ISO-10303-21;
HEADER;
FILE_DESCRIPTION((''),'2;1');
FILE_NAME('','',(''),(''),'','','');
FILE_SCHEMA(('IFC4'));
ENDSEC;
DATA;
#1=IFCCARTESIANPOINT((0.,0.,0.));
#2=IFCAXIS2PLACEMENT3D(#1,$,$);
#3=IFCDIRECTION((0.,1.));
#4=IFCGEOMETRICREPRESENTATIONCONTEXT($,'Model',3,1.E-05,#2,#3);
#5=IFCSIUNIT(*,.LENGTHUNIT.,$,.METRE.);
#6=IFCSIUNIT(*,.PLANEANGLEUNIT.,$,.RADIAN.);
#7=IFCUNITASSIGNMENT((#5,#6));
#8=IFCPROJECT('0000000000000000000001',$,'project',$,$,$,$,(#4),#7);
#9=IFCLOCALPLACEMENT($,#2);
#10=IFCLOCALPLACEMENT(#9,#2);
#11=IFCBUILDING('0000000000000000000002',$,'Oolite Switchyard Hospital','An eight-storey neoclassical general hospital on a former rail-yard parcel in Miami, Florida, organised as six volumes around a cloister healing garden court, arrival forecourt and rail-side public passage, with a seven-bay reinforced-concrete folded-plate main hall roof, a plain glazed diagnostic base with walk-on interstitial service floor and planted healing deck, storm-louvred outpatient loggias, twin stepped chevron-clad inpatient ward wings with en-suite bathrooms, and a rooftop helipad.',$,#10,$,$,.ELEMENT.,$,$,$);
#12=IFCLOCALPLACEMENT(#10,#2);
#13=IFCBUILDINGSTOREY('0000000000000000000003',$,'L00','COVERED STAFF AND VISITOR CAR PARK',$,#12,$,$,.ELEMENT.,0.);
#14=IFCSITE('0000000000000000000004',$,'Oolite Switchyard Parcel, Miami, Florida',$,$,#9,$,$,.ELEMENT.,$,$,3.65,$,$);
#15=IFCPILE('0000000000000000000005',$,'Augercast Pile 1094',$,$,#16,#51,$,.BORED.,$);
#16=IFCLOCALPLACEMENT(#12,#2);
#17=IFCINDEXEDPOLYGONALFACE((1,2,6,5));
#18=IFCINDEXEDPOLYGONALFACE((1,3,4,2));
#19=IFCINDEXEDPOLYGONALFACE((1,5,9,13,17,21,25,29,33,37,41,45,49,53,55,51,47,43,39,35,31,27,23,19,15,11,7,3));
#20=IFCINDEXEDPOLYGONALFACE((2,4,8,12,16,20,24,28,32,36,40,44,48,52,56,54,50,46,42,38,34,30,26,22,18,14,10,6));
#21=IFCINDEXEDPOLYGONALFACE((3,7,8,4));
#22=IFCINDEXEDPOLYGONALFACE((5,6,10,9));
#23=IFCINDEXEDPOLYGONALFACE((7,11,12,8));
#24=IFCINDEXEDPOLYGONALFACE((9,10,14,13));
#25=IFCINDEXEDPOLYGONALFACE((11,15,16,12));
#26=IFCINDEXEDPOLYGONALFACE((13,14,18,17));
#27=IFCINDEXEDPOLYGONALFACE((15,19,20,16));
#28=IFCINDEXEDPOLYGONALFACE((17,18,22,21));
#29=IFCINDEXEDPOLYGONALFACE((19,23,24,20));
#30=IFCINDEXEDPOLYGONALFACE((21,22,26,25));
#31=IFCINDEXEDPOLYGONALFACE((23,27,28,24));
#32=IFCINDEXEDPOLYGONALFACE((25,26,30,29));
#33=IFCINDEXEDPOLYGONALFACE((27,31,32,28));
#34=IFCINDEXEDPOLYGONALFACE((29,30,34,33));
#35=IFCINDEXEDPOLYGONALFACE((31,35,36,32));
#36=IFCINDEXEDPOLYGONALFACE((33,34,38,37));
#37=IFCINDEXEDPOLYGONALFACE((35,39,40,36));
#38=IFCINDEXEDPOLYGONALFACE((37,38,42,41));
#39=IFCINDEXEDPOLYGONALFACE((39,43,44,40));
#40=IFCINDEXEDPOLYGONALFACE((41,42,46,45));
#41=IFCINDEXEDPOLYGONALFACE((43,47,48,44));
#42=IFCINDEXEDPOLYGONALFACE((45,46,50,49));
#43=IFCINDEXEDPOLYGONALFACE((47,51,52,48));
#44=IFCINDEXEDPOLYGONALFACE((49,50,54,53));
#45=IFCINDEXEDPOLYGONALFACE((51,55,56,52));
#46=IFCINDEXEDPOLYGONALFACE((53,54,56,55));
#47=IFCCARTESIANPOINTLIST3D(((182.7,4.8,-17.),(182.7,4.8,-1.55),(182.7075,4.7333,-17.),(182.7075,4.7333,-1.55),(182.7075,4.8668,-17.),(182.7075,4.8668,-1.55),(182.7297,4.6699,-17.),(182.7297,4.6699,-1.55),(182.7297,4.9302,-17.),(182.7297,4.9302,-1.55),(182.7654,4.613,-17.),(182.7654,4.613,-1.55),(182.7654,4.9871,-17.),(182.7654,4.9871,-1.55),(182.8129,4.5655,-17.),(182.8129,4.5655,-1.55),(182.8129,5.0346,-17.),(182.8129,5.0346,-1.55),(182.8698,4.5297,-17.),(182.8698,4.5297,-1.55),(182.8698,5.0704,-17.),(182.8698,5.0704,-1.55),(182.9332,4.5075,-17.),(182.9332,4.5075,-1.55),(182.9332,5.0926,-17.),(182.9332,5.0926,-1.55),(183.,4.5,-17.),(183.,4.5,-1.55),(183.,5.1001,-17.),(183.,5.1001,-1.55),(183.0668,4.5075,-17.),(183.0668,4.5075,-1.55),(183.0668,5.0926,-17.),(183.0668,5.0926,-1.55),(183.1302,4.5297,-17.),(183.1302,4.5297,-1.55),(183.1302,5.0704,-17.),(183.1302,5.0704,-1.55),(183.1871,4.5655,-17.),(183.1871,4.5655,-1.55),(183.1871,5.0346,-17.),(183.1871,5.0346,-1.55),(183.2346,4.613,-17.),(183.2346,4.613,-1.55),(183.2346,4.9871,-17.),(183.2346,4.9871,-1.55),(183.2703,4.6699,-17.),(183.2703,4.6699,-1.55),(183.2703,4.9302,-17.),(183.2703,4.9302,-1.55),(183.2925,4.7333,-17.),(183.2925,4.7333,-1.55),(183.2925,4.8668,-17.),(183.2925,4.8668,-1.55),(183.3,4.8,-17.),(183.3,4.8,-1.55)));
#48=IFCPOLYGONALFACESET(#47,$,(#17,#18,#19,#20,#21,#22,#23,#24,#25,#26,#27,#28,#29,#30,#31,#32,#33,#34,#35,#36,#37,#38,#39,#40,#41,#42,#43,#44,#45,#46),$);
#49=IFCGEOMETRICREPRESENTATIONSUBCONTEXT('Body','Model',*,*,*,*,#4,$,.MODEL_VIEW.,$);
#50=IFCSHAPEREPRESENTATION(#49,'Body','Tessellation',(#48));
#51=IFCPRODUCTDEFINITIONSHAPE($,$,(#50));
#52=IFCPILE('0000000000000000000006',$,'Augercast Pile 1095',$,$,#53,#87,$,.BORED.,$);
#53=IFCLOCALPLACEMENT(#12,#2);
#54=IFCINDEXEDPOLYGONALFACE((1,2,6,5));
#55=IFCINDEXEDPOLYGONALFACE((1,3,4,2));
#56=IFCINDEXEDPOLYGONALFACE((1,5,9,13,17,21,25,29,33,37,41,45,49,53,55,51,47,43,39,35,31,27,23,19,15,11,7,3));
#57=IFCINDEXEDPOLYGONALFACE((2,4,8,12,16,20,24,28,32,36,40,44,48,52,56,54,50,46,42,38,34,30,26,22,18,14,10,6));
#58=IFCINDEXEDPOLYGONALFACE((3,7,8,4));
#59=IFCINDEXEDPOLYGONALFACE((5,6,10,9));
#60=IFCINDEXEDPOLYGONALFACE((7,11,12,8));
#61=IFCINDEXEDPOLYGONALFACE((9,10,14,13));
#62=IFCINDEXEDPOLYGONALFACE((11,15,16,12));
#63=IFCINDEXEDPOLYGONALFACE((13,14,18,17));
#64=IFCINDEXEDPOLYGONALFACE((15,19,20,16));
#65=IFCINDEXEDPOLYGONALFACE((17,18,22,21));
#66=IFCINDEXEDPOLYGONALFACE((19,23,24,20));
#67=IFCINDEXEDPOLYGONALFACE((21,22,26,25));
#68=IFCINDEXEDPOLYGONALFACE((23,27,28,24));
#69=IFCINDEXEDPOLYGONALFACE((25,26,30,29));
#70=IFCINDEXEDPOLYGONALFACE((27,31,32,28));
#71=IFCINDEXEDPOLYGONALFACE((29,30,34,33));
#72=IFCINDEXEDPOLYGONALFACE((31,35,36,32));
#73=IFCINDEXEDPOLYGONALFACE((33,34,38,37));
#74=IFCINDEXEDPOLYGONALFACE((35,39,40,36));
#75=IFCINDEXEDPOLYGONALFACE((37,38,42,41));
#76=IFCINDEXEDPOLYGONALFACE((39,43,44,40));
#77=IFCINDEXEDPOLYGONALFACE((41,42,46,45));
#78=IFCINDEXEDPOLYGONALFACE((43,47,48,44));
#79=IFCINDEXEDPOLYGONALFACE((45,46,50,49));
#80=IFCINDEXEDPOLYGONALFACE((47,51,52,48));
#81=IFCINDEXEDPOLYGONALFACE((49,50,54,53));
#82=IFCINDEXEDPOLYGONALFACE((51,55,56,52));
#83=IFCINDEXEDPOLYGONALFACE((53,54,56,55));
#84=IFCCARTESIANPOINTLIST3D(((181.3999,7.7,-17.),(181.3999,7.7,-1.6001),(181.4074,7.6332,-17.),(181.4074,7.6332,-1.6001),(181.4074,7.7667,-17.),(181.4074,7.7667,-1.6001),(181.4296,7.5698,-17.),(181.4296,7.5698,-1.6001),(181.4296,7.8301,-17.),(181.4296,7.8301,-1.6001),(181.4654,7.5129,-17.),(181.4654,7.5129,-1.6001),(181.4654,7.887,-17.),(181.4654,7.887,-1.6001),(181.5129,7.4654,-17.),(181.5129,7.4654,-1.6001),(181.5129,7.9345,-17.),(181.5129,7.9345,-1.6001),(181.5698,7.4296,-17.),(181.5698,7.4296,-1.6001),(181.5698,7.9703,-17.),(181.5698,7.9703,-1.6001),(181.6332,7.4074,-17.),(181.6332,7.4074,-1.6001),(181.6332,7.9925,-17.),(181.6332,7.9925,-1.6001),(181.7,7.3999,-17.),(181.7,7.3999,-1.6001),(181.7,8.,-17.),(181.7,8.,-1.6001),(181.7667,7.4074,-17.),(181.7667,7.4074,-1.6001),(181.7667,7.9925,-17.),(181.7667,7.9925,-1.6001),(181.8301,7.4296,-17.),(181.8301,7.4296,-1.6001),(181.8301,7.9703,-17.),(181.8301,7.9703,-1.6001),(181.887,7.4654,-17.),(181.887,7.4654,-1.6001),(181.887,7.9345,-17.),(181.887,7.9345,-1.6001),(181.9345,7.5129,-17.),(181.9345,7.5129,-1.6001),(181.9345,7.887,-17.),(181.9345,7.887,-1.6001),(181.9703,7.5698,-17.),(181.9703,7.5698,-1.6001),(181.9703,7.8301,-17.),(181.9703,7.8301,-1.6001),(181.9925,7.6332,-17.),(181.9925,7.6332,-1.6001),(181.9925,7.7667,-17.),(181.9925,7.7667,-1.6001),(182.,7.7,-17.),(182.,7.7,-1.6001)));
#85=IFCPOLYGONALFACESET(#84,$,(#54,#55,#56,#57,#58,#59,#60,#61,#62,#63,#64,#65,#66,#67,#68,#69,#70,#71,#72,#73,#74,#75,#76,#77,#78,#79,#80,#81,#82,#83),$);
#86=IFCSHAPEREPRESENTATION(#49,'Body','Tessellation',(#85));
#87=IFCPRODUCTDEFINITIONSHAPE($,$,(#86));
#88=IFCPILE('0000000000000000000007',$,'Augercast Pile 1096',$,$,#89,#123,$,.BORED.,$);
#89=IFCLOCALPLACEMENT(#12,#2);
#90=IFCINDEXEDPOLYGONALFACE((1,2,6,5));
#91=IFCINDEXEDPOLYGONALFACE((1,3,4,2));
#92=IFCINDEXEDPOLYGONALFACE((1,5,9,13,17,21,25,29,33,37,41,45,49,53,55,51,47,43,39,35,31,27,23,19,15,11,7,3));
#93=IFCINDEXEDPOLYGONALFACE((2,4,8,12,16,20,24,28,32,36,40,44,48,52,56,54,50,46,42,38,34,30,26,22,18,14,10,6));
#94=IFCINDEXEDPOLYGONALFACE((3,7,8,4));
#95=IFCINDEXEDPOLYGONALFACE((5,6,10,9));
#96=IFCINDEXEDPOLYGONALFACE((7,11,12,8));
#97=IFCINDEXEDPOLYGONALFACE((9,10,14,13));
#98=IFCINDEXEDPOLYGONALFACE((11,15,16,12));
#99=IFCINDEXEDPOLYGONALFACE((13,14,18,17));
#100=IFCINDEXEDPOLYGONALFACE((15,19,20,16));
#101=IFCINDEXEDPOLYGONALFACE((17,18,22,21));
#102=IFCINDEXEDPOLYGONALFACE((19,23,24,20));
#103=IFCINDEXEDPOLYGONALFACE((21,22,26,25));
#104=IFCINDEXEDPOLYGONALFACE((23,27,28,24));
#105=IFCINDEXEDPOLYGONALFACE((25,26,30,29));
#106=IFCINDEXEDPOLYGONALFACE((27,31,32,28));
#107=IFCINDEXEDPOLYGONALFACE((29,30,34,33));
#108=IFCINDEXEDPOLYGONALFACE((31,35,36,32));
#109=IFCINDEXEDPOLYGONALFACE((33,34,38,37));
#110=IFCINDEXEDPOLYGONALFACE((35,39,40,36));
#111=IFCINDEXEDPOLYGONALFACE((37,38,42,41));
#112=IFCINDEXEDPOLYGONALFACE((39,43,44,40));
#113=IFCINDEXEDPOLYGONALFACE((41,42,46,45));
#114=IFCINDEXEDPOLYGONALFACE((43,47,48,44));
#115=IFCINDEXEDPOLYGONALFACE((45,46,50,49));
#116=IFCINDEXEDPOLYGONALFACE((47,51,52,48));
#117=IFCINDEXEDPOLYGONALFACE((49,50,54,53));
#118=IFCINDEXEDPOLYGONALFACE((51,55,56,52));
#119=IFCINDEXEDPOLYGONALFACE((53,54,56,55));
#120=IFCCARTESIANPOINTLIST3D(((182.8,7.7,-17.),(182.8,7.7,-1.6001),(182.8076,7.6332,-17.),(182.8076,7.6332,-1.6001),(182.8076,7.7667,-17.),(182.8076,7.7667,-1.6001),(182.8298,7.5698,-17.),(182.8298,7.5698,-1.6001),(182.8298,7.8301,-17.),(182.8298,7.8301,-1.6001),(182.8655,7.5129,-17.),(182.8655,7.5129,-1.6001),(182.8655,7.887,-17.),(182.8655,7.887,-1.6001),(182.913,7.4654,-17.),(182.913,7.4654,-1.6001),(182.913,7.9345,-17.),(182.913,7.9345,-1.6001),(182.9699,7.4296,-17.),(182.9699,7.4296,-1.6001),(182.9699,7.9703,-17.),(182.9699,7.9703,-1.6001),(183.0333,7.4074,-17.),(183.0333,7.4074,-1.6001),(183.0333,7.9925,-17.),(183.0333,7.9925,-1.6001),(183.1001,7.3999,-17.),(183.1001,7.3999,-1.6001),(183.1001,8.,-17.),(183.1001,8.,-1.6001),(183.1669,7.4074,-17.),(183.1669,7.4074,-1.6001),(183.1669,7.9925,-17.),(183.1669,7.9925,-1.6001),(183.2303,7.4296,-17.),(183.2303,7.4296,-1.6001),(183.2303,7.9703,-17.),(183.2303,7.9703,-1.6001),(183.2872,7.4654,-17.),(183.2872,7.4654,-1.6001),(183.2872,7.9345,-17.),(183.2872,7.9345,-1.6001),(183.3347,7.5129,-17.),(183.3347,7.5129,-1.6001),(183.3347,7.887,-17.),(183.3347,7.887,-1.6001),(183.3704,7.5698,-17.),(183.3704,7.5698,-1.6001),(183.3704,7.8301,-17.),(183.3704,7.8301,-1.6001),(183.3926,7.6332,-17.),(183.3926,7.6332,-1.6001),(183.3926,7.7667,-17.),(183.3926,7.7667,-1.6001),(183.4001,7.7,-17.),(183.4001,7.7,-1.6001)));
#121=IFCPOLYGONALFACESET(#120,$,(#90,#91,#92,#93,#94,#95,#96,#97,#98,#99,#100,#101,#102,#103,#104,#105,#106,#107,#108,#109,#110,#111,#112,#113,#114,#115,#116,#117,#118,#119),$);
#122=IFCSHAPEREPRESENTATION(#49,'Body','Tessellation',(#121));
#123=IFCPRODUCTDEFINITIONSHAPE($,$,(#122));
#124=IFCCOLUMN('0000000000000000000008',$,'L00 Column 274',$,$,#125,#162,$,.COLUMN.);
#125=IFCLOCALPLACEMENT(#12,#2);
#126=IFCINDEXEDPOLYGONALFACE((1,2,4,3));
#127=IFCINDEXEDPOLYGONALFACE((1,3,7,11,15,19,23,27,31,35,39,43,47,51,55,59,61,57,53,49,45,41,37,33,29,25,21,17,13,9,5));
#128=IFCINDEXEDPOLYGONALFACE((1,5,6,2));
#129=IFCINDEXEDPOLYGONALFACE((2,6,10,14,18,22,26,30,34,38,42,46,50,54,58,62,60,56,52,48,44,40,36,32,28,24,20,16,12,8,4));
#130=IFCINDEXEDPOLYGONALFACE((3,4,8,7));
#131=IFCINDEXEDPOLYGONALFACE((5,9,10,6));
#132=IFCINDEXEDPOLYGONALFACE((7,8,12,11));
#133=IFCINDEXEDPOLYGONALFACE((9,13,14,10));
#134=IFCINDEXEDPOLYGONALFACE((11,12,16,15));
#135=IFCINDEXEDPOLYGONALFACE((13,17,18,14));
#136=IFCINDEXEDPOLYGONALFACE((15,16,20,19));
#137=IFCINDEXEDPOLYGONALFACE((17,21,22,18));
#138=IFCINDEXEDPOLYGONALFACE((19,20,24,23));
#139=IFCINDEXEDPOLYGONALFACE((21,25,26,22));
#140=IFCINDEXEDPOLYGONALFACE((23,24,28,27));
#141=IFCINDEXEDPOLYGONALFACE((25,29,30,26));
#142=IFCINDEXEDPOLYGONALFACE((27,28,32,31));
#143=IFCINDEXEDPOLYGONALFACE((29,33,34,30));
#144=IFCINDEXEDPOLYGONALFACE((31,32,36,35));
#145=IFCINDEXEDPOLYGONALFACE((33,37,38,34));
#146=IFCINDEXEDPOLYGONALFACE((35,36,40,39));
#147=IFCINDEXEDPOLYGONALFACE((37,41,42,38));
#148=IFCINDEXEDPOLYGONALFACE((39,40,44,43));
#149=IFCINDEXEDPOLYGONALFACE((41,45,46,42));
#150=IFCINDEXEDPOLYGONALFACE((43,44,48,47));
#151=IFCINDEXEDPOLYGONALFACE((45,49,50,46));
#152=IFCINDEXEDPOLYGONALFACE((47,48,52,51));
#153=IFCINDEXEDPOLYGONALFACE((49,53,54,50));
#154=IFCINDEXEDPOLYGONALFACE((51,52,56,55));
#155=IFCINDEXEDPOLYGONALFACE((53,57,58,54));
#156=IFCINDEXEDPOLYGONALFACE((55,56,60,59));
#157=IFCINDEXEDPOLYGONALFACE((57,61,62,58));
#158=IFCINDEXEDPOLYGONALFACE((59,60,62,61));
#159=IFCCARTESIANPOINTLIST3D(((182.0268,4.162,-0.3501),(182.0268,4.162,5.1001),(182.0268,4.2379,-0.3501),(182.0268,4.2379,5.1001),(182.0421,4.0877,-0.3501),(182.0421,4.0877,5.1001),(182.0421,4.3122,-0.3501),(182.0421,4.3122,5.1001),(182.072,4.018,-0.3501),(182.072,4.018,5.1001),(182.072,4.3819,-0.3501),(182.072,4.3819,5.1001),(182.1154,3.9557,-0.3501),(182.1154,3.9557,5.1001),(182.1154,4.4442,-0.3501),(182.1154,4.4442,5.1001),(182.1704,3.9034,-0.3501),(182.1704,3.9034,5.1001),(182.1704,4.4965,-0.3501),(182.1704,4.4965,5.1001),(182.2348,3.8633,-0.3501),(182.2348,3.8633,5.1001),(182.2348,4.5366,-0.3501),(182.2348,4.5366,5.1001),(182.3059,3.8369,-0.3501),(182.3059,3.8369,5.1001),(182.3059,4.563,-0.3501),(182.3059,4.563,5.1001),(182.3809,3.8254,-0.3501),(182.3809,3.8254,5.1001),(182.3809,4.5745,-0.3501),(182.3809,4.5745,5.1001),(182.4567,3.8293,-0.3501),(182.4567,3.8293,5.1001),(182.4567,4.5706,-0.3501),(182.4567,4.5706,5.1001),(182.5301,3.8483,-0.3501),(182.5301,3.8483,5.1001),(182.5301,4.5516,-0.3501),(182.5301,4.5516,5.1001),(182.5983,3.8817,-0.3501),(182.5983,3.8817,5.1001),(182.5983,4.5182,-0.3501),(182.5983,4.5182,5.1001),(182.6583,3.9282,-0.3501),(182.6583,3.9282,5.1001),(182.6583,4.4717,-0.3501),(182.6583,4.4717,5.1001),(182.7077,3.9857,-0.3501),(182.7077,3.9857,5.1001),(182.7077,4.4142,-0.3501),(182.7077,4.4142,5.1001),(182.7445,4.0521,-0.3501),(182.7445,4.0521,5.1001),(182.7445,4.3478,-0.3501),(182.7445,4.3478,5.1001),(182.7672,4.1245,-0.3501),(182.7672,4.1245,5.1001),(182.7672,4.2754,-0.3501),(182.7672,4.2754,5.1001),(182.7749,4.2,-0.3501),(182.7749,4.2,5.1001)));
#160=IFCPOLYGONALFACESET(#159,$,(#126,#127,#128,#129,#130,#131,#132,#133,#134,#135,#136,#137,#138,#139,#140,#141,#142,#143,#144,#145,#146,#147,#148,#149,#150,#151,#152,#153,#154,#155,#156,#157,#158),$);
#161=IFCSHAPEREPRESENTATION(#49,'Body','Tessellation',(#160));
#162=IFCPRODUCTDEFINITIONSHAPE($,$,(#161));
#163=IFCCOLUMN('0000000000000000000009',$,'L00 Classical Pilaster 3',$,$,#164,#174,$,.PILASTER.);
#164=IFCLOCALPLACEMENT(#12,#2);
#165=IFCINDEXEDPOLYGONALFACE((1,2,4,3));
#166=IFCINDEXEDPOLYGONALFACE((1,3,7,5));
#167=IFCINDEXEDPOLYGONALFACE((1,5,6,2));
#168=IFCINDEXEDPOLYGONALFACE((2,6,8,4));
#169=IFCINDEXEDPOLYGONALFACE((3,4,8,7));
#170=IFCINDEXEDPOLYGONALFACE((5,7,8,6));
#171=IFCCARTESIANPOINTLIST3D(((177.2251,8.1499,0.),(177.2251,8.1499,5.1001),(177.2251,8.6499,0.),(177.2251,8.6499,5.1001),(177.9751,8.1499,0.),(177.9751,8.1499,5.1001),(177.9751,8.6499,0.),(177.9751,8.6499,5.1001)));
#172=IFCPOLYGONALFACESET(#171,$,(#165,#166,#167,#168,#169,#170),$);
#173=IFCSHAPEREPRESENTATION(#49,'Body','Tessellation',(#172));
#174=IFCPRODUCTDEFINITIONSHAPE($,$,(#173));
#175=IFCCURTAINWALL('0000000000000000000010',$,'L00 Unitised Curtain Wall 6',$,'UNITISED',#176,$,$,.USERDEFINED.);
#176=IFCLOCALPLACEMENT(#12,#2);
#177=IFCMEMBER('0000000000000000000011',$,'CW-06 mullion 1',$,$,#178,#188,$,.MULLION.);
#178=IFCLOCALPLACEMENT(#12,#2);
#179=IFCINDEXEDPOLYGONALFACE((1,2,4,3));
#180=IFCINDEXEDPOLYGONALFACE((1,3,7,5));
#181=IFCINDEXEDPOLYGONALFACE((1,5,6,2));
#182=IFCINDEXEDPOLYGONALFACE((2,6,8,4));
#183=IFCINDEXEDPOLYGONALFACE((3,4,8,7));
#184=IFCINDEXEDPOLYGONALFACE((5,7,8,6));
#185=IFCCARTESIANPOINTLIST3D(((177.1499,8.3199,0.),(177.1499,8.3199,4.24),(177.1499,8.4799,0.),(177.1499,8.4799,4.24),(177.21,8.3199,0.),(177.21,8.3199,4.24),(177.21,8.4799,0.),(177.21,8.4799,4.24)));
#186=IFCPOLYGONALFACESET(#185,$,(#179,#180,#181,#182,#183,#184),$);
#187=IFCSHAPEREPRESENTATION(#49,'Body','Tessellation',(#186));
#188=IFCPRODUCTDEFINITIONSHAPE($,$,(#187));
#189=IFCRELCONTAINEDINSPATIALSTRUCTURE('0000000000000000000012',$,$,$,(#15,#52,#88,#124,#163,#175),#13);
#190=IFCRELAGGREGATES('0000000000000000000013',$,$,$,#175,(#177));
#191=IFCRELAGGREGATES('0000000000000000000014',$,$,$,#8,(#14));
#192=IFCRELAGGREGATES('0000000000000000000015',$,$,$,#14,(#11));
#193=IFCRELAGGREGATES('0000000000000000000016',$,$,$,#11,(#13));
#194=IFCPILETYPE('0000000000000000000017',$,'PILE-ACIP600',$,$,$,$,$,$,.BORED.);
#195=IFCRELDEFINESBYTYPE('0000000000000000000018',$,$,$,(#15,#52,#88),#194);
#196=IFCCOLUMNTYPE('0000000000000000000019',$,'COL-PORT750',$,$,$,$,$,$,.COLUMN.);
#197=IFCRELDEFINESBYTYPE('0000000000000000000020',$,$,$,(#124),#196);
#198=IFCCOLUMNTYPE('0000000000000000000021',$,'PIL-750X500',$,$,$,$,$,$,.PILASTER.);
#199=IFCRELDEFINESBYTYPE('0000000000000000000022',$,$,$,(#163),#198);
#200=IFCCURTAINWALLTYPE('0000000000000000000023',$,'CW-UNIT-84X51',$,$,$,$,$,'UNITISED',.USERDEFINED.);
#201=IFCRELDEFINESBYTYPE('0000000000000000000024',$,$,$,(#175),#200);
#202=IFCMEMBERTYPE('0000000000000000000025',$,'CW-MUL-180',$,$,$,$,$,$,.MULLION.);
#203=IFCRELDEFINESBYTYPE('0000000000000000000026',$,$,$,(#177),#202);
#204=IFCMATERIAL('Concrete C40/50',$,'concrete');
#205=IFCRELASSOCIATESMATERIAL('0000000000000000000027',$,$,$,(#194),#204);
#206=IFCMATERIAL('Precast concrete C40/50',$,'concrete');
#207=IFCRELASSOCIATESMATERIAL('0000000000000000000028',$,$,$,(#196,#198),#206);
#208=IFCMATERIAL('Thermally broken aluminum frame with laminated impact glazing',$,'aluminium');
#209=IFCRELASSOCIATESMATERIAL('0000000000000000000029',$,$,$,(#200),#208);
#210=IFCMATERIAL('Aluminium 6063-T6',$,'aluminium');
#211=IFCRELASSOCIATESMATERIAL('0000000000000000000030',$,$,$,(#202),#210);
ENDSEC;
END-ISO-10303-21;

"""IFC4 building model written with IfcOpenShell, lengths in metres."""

from ifc_helpers import new_model, si_unit, direction, frame, origin, origin_2d, place, context, subcontext, project, spatial, rectangle, circle, extrude, material, material_profile, profile_set, type_object, element, aggregate, save


model = new_model("IFC4")

# Units and contexts
model_context = context("Model", 3, precision=1e-05, world=origin(), true_north=direction((0.0, 1.0)))
body_context = subcontext(model_context, "Body", "Model", "MODEL_VIEW")
ifc_project = project(units=[si_unit("LENGTHUNIT", "METRE"), si_unit("PLANEANGLEUNIT", "RADIAN")], contexts=[model_context])

# Site, building, storey
site_placement = place(None, origin())
site = spatial("IfcSite", under=ifc_project, at=site_placement, Name="Oolite Switchyard Parcel, Miami, Florida", CompositionType="ELEMENT", RefElevation=3.65)
building_placement = place(site_placement, origin())
building = spatial("IfcBuilding", under=site, at=building_placement, Name="Oolite Switchyard Hospital", Description="An eight-storey neoclassical general hospital on a former rail-yard parcel in Miami, Florida, organised as six volumes around a cloister healing garden court, arrival forecourt and rail-side public passage, with a seven-bay reinforced-concrete folded-plate main hall roof, a plain glazed diagnostic base with walk-on interstitial service floor and planted healing deck, storm-louvred outpatient loggias, twin stepped chevron-clad inpatient ward wings with en-suite bathrooms, and a rooftop helipad.", CompositionType="ELEMENT")
storey_placement = place(building_placement, origin())
storey = spatial("IfcBuildingStorey", under=building, at=storey_placement, Name="L00", Description="COVERED STAFF AND VISITOR CAR PARK", CompositionType="ELEMENT", Elevation=0.0)

# Shared definitions
ifc_material_1 = material(Name="Concrete C40/50", Category="concrete")

# Piles
ifc_material_profile_1 = material_profile(ifc_material_1, circle(Radius=0.3, at=origin_2d()), Name="PILE600")
ifc_profile_set_1 = profile_set([ifc_material_profile_1], Name="Concrete C40/50")
pile_type = type_object("IfcPileType", Name="PILE-ACIP600", PredefinedType="BORED", material=ifc_profile_set_1)
for number, where, z_axis, x_axis, name in (
    (1, (183.0, 4.8, -1.55), (0.0, 0.0, -1.0), (1.0, 0.0, 0.0), "Augercast Pile 1094"),
):
    element("IfcPile", number, at=place(storey_placement, frame(where, z_axis=z_axis, x_axis=x_axis)), inside=storey, type_object=pile_type, Name=name, PredefinedType="BORED", context=body_context, shape_type="SweptSolid", body=[
        extrude(circle(Radius=0.3, at=origin_2d()), origin(), (0.0, 0.0, 1.0), 15.45),
    ])
for number, where, z_axis, x_axis, name in (
    (2, (181.7, 7.7, -1.6001), (0.0, 0.0, -1.0), (1.0, 0.0, 0.0), "Augercast Pile 1095"),
    (3, (183.1001, 7.7, -1.6001), (0.0, 0.0, -1.0), (1.0, 0.0, 0.0), "Augercast Pile 1096"),
):
    element("IfcPile", number, at=place(storey_placement, frame(where, z_axis=z_axis, x_axis=x_axis)), inside=storey, type_object=pile_type, Name=name, PredefinedType="BORED", context=body_context, shape_type="SweptSolid", body=[
        extrude(circle(Radius=0.3, at=origin_2d()), origin(), (0.0, 0.0, 1.0), 15.3999),
    ])

# Columns
ifc_material_2 = material(Name="Precast concrete C40/50", Category="concrete")
ifc_material_profile_2 = material_profile(ifc_material_2, circle(Radius=0.375, at=origin_2d()), Name="RCCOL750")
ifc_profile_set_2 = profile_set([ifc_material_profile_2], Name="Precast concrete C40/50")
column_type_1 = type_object("IfcColumnType", Name="COL-PORT750", PredefinedType="COLUMN", material=ifc_profile_set_2)
column_1_placement = place(storey_placement, frame((182.3999, 4.2, -0.3501), z_axis=(0.0, 0.0, 1.0), x_axis=(1.0, 0.0, 0.0)))
element("IfcColumn", 4, at=column_1_placement, inside=storey, type_object=column_type_1, Name="L00 Column 274", PredefinedType="COLUMN", context=body_context, shape_type="SweptSolid", body=[
    extrude(circle(Radius=0.375, at=origin_2d()), origin(), (0.0, 0.0, 1.0), 5.4502),
])
ifc_material_profile_3 = material_profile(ifc_material_2, rectangle(XDim=0.75, YDim=0.5, at=origin_2d()), Name="PIL750X500")
ifc_profile_set_3 = profile_set([ifc_material_profile_3], Name="Precast concrete C40/50")
column_type_2 = type_object("IfcColumnType", Name="PIL-750X500", PredefinedType="PILASTER", material=ifc_profile_set_3)
column_2_placement = place(storey_placement, frame((177.6001, 8.3999, 0.0), z_axis=(0.0, 0.0, 1.0), x_axis=(1.0, 0.0, 0.0)))
element("IfcColumn", 5, at=column_2_placement, inside=storey, type_object=column_type_2, Name="L00 Classical Pilaster 3", PredefinedType="PILASTER", context=body_context, shape_type="SweptSolid", body=[
    extrude(rectangle(XDim=0.75, YDim=0.5, at=origin_2d()), origin(), (0.0, 0.0, 1.0), 5.1001),
])

# Curtain wall, member
ifc_material_3 = material(Name="Thermally broken aluminum frame with laminated impact glazing", Category="aluminium")
curtain_wall_type = type_object("IfcCurtainWallType", Name="CW-UNIT-84X51", ElementType="UNITISED", PredefinedType="USERDEFINED", material=ifc_material_3)
curtain_wall_1_placement = place(storey_placement, origin())
curtain_wall_1 = element("IfcCurtainWall", 6, at=curtain_wall_1_placement, inside=storey, type_object=curtain_wall_type, Name="L00 Unitised Curtain Wall 6", ObjectType="UNITISED", PredefinedType="USERDEFINED")
ifc_material_4 = material(Name="Aluminium 6063-T6", Category="aluminium")
ifc_material_profile_4 = material_profile(ifc_material_4, rectangle(XDim=0.1599, YDim=0.0601, at=origin_2d()), Name="CWM60X160")
ifc_profile_set_4 = profile_set([ifc_material_profile_4], Name="Aluminium 6063-T6")
member_type_1 = type_object("IfcMemberType", Name="CW-MUL-180", PredefinedType="MULLION", material=ifc_profile_set_4)
member_1_placement = place(storey_placement, frame((177.1799, 8.3999, 0.0), z_axis=(0.0, 0.0, 1.0), x_axis=(0.0, -1.0, 0.0)))
member_1 = element("IfcMember", 7, at=member_1_placement, type_object=member_type_1, Name="CW-06 mullion 1", PredefinedType="MULLION", context=body_context, shape_type="SweptSolid", body=[
    extrude(rectangle(XDim=0.1599, YDim=0.0601, at=origin_2d()), origin(), (0.0, 0.0, 1.0), 4.24),
])

aggregate(curtain_wall_1, [member_1])

save(model, "model.ifc")
